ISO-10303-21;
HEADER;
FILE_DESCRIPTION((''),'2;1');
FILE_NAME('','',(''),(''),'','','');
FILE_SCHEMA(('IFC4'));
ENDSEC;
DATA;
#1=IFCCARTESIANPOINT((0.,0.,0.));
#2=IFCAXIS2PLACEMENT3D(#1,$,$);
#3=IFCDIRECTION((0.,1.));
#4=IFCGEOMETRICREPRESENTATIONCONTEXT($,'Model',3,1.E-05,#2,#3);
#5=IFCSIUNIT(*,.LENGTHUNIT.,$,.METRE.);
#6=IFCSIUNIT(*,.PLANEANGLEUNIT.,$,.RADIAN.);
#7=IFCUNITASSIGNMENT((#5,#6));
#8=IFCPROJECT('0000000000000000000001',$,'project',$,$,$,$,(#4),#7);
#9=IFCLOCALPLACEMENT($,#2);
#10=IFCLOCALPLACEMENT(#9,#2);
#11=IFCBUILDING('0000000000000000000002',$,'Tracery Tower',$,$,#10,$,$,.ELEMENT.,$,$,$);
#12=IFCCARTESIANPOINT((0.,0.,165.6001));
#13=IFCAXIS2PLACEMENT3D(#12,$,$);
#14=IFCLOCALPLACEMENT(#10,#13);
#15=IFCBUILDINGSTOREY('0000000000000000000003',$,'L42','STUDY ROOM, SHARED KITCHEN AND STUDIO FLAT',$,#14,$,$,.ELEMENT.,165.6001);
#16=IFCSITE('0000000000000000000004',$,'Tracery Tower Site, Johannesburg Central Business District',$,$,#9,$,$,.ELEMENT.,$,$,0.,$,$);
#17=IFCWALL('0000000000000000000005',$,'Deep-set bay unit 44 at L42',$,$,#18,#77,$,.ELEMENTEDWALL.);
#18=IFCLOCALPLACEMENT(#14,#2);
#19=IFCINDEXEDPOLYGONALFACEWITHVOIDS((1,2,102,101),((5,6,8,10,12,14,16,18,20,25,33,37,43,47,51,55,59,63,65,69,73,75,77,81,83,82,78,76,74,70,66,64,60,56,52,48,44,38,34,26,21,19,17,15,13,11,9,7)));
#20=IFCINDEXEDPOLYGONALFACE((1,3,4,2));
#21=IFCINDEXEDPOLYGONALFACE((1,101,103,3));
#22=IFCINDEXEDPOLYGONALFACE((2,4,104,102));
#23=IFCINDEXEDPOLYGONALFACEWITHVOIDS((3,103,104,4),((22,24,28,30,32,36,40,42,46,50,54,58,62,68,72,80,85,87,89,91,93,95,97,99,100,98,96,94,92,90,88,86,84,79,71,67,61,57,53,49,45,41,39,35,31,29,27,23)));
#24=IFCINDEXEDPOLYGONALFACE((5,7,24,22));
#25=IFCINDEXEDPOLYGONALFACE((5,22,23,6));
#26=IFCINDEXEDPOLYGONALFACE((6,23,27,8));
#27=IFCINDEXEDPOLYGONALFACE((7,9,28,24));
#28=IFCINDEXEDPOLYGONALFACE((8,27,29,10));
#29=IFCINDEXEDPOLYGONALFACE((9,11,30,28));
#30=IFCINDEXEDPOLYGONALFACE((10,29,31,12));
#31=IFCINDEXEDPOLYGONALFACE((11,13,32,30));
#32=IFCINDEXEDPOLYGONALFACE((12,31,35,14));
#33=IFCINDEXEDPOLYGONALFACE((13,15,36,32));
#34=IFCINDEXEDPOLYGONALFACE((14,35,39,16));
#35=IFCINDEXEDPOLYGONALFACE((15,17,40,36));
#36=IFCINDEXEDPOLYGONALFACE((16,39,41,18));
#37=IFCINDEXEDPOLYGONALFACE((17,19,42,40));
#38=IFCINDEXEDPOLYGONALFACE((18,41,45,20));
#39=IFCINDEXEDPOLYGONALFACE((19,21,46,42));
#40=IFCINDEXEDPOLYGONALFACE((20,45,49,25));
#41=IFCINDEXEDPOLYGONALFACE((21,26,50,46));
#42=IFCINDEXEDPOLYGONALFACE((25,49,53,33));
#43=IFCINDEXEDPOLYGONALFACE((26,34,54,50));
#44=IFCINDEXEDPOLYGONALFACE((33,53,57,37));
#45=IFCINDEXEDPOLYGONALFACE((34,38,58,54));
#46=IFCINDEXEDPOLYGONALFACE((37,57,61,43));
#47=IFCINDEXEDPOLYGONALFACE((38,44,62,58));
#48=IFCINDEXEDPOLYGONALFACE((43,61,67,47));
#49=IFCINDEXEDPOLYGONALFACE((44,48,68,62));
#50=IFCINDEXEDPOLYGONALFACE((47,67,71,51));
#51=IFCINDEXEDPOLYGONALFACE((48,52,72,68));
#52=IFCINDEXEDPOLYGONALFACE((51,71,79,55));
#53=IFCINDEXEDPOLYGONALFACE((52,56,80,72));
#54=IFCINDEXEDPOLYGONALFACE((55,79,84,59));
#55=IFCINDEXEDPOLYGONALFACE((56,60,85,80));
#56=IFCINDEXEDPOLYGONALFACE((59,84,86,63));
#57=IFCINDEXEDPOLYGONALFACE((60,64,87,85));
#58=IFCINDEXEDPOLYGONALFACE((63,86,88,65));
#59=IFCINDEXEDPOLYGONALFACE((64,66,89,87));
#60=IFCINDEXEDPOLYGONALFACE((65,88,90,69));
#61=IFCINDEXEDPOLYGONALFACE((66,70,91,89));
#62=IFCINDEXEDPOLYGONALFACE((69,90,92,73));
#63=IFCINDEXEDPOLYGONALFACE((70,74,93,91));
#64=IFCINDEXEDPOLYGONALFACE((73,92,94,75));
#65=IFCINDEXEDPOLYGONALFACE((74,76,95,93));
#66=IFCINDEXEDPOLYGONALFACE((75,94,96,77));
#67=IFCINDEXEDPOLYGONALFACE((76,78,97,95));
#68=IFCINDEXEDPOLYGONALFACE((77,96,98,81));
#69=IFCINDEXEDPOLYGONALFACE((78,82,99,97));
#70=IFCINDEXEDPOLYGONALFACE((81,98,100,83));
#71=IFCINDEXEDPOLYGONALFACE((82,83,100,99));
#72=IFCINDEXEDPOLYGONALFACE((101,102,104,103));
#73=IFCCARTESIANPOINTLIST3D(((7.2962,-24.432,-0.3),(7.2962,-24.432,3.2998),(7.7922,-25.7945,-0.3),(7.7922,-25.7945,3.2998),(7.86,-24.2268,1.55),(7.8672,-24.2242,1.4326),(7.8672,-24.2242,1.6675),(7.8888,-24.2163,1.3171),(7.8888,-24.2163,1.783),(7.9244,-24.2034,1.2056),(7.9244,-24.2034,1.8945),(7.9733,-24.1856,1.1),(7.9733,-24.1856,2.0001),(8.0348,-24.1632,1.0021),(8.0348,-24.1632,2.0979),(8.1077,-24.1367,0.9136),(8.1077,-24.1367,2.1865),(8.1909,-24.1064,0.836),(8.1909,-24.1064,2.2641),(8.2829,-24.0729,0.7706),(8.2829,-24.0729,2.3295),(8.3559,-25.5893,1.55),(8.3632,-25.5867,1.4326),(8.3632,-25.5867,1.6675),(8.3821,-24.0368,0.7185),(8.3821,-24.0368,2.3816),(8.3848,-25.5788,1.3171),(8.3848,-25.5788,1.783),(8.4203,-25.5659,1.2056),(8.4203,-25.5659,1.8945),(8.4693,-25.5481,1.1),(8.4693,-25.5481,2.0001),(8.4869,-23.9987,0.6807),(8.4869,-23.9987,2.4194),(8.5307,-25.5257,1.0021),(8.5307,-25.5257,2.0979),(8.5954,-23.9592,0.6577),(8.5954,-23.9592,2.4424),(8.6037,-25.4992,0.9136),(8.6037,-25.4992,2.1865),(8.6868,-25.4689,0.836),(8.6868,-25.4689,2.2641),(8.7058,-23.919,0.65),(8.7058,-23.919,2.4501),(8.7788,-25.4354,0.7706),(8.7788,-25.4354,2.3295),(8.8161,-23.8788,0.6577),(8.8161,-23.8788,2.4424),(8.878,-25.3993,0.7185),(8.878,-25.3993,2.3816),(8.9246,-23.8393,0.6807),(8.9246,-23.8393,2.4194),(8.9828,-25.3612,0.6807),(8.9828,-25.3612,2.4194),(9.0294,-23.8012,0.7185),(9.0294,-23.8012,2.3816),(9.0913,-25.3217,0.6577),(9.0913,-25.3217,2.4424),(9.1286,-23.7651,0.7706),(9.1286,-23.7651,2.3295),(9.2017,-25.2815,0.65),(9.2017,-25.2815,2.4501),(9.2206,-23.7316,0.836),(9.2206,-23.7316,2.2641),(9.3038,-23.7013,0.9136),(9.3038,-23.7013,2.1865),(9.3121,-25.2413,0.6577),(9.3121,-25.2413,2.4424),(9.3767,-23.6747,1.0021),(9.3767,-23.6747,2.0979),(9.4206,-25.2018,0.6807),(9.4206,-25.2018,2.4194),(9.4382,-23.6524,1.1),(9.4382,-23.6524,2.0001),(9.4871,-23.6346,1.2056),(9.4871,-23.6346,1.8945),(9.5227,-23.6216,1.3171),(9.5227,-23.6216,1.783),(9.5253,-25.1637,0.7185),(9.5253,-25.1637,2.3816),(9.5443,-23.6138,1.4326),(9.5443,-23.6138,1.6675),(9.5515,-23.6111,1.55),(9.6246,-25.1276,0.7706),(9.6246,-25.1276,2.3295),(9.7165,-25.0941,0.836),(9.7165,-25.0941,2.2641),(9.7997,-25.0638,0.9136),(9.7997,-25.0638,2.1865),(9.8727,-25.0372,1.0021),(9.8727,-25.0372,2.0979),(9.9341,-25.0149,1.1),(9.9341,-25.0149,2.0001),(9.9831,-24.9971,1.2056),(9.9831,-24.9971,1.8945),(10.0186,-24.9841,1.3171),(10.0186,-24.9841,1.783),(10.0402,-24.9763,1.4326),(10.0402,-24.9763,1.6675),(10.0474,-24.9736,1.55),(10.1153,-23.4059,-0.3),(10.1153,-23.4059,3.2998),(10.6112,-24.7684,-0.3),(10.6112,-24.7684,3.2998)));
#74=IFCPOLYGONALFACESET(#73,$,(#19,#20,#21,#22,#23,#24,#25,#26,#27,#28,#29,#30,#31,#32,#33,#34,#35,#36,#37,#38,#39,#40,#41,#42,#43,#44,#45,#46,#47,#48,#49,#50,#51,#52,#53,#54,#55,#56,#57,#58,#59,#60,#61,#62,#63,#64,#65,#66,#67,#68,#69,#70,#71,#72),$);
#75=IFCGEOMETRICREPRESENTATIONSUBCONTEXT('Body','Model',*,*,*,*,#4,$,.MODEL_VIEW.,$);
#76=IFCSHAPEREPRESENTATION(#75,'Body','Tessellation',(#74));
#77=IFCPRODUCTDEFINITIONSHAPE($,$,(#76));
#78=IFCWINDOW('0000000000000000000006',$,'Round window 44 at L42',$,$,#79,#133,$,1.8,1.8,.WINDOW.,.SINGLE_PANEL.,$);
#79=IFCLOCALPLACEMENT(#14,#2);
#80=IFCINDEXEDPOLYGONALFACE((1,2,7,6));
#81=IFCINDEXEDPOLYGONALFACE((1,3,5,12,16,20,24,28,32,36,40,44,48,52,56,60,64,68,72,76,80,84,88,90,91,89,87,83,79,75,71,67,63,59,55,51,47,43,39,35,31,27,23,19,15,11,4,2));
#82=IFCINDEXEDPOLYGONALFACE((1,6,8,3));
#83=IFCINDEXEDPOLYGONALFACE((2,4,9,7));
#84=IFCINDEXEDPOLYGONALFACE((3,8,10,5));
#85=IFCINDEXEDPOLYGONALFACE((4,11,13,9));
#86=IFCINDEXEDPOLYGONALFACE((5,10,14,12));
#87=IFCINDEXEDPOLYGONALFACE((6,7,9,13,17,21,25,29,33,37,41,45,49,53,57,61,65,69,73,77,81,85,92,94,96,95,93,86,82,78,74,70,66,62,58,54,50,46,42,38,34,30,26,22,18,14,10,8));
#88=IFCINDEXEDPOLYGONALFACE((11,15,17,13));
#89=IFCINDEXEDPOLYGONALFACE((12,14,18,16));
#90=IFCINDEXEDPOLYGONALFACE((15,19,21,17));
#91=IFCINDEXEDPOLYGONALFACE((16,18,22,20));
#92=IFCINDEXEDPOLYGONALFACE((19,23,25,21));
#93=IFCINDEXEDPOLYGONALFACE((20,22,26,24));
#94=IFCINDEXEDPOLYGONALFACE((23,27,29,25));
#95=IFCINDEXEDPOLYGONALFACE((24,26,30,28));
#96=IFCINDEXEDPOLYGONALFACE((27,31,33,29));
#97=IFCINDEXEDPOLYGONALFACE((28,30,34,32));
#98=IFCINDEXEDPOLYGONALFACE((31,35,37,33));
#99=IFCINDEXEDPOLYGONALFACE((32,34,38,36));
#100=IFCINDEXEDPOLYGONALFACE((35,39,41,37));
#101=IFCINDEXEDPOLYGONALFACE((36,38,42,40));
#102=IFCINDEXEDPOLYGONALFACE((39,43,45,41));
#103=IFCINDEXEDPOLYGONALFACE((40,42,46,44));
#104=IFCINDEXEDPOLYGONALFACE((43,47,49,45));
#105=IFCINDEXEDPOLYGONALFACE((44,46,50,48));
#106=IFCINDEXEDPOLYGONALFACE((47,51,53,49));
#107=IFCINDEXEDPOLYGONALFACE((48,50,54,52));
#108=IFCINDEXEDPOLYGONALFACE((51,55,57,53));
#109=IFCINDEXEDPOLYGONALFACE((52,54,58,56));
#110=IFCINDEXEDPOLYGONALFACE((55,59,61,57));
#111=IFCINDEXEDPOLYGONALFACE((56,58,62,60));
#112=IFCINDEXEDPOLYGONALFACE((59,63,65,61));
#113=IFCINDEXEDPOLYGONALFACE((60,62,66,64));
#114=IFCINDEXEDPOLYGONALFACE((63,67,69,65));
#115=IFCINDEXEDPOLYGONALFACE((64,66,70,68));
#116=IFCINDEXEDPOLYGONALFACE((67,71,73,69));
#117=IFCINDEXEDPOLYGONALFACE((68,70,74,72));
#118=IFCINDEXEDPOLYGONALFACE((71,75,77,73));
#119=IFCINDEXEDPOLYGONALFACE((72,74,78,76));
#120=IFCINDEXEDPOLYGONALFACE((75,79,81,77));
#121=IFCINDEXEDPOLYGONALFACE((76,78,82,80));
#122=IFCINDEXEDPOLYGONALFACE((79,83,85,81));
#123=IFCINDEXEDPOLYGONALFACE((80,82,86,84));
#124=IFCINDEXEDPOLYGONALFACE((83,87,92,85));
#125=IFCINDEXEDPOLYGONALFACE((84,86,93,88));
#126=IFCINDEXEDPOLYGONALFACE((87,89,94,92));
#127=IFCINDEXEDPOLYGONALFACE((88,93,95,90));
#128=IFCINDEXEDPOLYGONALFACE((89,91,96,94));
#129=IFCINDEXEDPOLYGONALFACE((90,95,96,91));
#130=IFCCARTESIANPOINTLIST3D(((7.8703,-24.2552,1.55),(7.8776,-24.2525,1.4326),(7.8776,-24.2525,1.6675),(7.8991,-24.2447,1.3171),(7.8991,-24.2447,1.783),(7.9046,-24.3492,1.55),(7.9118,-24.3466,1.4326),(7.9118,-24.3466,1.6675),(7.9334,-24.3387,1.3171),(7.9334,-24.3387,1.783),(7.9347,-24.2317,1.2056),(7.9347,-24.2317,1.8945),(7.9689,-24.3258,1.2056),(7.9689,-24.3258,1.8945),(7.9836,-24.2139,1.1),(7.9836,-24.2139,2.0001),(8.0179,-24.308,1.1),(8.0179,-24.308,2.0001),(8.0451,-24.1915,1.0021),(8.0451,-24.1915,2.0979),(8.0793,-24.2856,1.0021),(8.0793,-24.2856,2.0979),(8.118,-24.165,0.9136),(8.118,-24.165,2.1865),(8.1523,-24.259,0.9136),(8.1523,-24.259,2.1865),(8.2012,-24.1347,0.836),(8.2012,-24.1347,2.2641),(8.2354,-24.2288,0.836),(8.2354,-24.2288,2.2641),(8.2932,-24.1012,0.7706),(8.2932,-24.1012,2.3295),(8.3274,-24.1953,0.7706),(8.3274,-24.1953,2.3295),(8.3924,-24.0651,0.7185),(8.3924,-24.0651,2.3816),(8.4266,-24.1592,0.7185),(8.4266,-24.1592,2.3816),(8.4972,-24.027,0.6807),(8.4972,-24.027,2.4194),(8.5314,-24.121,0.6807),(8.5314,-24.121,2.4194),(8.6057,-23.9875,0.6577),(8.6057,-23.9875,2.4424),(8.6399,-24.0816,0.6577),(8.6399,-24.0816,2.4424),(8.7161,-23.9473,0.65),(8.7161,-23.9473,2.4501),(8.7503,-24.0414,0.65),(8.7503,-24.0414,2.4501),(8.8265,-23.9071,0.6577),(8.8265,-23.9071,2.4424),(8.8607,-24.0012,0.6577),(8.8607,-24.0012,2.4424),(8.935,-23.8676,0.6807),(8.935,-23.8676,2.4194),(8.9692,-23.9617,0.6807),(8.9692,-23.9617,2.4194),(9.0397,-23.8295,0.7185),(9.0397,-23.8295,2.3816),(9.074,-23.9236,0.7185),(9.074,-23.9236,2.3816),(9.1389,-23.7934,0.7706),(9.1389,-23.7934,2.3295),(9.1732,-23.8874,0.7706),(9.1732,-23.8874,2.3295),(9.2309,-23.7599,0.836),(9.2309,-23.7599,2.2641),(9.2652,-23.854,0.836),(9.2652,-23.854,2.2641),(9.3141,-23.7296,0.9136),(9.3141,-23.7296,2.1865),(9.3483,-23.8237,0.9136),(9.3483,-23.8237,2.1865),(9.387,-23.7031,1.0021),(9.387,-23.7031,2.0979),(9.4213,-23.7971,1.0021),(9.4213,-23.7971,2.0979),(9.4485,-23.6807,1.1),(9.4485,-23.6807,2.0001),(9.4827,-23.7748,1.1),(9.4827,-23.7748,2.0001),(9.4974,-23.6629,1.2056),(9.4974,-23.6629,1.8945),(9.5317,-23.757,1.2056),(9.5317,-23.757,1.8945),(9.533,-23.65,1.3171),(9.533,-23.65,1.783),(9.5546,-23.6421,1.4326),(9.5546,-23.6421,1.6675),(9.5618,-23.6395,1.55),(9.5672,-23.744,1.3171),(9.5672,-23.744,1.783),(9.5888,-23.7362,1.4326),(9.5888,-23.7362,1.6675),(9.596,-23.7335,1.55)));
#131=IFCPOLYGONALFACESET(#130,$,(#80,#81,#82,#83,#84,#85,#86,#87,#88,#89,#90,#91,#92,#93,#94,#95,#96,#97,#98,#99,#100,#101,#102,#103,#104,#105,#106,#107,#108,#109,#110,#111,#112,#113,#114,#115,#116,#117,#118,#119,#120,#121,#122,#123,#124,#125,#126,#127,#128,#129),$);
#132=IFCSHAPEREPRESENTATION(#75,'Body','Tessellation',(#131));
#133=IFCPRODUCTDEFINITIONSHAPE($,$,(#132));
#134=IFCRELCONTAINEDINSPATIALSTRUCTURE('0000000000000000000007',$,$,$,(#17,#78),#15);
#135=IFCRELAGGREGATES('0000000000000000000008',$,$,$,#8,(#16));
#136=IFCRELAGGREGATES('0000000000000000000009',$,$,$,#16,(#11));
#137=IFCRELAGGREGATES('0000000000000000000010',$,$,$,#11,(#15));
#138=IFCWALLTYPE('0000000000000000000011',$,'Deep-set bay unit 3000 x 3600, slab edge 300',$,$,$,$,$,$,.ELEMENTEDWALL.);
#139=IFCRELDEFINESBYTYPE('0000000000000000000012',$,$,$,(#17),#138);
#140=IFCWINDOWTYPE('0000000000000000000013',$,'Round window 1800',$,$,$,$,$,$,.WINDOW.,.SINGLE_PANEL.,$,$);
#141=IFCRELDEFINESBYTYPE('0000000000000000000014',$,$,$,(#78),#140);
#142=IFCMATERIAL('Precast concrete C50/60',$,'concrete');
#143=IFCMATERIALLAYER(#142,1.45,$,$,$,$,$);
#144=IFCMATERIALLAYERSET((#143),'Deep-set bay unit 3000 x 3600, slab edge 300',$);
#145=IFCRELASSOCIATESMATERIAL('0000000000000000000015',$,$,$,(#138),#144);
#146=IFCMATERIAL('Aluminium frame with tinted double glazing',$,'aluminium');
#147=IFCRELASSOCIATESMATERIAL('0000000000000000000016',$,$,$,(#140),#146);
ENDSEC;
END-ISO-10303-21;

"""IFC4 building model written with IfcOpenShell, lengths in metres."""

from ifc_helpers import new_model, si_unit, direction, frame, frame_2d, origin, origin_2d, place, context, subcontext, project, spatial, rectangle, circle, extrude, material, layer, layer_set, type_object, element, fill, save


model = new_model("IFC4")

# Units and contexts
model_context = context("Model", 3, precision=1e-05, world=origin(), true_north=direction((0.0, 1.0)))
body_context = subcontext(model_context, "Body", "Model", "MODEL_VIEW")
ifc_project = project(units=[si_unit("LENGTHUNIT", "METRE"), si_unit("PLANEANGLEUNIT", "RADIAN")], contexts=[model_context])

# Site, building, storey
site_placement = place(None, origin())
site = spatial("IfcSite", under=ifc_project, at=site_placement, Name="Tracery Tower Site, Johannesburg Central Business District", CompositionType="ELEMENT", RefElevation=0.0)
building_placement = place(site_placement, origin())
building = spatial("IfcBuilding", under=site, at=building_placement, Name="Tracery Tower", CompositionType="ELEMENT")
storey_placement = place(building_placement, frame((0.0, 0.0, 165.6001)))
storey = spatial("IfcBuildingStorey", under=building, at=storey_placement, Name="L42", Description="STUDY ROOM, SHARED KITCHEN AND STUDIO FLAT", CompositionType="ELEMENT", Elevation=165.6001)

# Wall, opening, window
ifc_material_1 = material(Name="Precast concrete C50/60", Category="concrete")
ifc_layer_1 = layer(ifc_material_1, 1.45)
ifc_layer_set_1 = layer_set([ifc_layer_1], Name="Deep-set bay unit 3000 x 3600, slab edge 300")
wall_type_1 = type_object("IfcWallType", Name="Deep-set bay unit 3000 x 3600, slab edge 300", PredefinedType="ELEMENTEDWALL", material=ifc_layer_set_1)
wall_1_placement = place(storey_placement, frame((7.5442, -25.1133, -0.3), z_axis=(0.0, 0.0, 1.0), x_axis=(0.939686, 0.342037, 0.0)))
wall_1 = element("IfcWall", 1, at=wall_1_placement, inside=storey, type_object=wall_type_1, Name="Deep-set bay unit 44 at L42", PredefinedType="ELEMENTEDWALL", context=body_context, shape_type="SweptSolid", body=[
    extrude(rectangle(XDim=3.0, YDim=1.45, at=frame_2d((1.5, 0.0))), origin(), (0.0, 0.0, 1.0), 3.5999),
])
opening_1_placement = place(wall_1_placement, frame((1.5, 0.0, 1.8501)))
opening_1 = element("IfcOpeningElement", 2, at=opening_1_placement, cuts=wall_1, PredefinedType="OPENING", context=body_context, shape_type="SweptSolid", body=[
    extrude(circle(Radius=0.9, at=origin_2d()), frame((0.0, 0.7349, 0.0), z_axis=(0.0, -1.0, 0.0), x_axis=(1.0, 0.0, 0.0)), (0.0, 0.0, 1.0), 1.47),
])
ifc_material_2 = material(Name="Aluminium frame with tinted double glazing", Category="aluminium")
window_type = type_object("IfcWindowType", Name="Round window 1800", PartitioningType="SINGLE_PANEL", PredefinedType="WINDOW", material=ifc_material_2)
window_1_placement = place(opening_1_placement, origin())
window_1 = element("IfcWindow", 3, at=window_1_placement, inside=storey, type_object=window_type, Name="Round window 44 at L42", OverallHeight=1.8, OverallWidth=1.8, PartitioningType="SINGLE_PANEL", PredefinedType="WINDOW", context=body_context, shape_type="SweptSolid", body=[
    extrude(circle(Radius=0.9, at=origin_2d()), frame((0.0, 0.6948, 0.0), z_axis=(0.0, -1.0, 0.0), x_axis=(1.0, 0.0, 0.0)), (0.0, 0.0, 1.0), 0.1001),
])
fill(opening_1, window_1)

save(model, "model.ifc")
